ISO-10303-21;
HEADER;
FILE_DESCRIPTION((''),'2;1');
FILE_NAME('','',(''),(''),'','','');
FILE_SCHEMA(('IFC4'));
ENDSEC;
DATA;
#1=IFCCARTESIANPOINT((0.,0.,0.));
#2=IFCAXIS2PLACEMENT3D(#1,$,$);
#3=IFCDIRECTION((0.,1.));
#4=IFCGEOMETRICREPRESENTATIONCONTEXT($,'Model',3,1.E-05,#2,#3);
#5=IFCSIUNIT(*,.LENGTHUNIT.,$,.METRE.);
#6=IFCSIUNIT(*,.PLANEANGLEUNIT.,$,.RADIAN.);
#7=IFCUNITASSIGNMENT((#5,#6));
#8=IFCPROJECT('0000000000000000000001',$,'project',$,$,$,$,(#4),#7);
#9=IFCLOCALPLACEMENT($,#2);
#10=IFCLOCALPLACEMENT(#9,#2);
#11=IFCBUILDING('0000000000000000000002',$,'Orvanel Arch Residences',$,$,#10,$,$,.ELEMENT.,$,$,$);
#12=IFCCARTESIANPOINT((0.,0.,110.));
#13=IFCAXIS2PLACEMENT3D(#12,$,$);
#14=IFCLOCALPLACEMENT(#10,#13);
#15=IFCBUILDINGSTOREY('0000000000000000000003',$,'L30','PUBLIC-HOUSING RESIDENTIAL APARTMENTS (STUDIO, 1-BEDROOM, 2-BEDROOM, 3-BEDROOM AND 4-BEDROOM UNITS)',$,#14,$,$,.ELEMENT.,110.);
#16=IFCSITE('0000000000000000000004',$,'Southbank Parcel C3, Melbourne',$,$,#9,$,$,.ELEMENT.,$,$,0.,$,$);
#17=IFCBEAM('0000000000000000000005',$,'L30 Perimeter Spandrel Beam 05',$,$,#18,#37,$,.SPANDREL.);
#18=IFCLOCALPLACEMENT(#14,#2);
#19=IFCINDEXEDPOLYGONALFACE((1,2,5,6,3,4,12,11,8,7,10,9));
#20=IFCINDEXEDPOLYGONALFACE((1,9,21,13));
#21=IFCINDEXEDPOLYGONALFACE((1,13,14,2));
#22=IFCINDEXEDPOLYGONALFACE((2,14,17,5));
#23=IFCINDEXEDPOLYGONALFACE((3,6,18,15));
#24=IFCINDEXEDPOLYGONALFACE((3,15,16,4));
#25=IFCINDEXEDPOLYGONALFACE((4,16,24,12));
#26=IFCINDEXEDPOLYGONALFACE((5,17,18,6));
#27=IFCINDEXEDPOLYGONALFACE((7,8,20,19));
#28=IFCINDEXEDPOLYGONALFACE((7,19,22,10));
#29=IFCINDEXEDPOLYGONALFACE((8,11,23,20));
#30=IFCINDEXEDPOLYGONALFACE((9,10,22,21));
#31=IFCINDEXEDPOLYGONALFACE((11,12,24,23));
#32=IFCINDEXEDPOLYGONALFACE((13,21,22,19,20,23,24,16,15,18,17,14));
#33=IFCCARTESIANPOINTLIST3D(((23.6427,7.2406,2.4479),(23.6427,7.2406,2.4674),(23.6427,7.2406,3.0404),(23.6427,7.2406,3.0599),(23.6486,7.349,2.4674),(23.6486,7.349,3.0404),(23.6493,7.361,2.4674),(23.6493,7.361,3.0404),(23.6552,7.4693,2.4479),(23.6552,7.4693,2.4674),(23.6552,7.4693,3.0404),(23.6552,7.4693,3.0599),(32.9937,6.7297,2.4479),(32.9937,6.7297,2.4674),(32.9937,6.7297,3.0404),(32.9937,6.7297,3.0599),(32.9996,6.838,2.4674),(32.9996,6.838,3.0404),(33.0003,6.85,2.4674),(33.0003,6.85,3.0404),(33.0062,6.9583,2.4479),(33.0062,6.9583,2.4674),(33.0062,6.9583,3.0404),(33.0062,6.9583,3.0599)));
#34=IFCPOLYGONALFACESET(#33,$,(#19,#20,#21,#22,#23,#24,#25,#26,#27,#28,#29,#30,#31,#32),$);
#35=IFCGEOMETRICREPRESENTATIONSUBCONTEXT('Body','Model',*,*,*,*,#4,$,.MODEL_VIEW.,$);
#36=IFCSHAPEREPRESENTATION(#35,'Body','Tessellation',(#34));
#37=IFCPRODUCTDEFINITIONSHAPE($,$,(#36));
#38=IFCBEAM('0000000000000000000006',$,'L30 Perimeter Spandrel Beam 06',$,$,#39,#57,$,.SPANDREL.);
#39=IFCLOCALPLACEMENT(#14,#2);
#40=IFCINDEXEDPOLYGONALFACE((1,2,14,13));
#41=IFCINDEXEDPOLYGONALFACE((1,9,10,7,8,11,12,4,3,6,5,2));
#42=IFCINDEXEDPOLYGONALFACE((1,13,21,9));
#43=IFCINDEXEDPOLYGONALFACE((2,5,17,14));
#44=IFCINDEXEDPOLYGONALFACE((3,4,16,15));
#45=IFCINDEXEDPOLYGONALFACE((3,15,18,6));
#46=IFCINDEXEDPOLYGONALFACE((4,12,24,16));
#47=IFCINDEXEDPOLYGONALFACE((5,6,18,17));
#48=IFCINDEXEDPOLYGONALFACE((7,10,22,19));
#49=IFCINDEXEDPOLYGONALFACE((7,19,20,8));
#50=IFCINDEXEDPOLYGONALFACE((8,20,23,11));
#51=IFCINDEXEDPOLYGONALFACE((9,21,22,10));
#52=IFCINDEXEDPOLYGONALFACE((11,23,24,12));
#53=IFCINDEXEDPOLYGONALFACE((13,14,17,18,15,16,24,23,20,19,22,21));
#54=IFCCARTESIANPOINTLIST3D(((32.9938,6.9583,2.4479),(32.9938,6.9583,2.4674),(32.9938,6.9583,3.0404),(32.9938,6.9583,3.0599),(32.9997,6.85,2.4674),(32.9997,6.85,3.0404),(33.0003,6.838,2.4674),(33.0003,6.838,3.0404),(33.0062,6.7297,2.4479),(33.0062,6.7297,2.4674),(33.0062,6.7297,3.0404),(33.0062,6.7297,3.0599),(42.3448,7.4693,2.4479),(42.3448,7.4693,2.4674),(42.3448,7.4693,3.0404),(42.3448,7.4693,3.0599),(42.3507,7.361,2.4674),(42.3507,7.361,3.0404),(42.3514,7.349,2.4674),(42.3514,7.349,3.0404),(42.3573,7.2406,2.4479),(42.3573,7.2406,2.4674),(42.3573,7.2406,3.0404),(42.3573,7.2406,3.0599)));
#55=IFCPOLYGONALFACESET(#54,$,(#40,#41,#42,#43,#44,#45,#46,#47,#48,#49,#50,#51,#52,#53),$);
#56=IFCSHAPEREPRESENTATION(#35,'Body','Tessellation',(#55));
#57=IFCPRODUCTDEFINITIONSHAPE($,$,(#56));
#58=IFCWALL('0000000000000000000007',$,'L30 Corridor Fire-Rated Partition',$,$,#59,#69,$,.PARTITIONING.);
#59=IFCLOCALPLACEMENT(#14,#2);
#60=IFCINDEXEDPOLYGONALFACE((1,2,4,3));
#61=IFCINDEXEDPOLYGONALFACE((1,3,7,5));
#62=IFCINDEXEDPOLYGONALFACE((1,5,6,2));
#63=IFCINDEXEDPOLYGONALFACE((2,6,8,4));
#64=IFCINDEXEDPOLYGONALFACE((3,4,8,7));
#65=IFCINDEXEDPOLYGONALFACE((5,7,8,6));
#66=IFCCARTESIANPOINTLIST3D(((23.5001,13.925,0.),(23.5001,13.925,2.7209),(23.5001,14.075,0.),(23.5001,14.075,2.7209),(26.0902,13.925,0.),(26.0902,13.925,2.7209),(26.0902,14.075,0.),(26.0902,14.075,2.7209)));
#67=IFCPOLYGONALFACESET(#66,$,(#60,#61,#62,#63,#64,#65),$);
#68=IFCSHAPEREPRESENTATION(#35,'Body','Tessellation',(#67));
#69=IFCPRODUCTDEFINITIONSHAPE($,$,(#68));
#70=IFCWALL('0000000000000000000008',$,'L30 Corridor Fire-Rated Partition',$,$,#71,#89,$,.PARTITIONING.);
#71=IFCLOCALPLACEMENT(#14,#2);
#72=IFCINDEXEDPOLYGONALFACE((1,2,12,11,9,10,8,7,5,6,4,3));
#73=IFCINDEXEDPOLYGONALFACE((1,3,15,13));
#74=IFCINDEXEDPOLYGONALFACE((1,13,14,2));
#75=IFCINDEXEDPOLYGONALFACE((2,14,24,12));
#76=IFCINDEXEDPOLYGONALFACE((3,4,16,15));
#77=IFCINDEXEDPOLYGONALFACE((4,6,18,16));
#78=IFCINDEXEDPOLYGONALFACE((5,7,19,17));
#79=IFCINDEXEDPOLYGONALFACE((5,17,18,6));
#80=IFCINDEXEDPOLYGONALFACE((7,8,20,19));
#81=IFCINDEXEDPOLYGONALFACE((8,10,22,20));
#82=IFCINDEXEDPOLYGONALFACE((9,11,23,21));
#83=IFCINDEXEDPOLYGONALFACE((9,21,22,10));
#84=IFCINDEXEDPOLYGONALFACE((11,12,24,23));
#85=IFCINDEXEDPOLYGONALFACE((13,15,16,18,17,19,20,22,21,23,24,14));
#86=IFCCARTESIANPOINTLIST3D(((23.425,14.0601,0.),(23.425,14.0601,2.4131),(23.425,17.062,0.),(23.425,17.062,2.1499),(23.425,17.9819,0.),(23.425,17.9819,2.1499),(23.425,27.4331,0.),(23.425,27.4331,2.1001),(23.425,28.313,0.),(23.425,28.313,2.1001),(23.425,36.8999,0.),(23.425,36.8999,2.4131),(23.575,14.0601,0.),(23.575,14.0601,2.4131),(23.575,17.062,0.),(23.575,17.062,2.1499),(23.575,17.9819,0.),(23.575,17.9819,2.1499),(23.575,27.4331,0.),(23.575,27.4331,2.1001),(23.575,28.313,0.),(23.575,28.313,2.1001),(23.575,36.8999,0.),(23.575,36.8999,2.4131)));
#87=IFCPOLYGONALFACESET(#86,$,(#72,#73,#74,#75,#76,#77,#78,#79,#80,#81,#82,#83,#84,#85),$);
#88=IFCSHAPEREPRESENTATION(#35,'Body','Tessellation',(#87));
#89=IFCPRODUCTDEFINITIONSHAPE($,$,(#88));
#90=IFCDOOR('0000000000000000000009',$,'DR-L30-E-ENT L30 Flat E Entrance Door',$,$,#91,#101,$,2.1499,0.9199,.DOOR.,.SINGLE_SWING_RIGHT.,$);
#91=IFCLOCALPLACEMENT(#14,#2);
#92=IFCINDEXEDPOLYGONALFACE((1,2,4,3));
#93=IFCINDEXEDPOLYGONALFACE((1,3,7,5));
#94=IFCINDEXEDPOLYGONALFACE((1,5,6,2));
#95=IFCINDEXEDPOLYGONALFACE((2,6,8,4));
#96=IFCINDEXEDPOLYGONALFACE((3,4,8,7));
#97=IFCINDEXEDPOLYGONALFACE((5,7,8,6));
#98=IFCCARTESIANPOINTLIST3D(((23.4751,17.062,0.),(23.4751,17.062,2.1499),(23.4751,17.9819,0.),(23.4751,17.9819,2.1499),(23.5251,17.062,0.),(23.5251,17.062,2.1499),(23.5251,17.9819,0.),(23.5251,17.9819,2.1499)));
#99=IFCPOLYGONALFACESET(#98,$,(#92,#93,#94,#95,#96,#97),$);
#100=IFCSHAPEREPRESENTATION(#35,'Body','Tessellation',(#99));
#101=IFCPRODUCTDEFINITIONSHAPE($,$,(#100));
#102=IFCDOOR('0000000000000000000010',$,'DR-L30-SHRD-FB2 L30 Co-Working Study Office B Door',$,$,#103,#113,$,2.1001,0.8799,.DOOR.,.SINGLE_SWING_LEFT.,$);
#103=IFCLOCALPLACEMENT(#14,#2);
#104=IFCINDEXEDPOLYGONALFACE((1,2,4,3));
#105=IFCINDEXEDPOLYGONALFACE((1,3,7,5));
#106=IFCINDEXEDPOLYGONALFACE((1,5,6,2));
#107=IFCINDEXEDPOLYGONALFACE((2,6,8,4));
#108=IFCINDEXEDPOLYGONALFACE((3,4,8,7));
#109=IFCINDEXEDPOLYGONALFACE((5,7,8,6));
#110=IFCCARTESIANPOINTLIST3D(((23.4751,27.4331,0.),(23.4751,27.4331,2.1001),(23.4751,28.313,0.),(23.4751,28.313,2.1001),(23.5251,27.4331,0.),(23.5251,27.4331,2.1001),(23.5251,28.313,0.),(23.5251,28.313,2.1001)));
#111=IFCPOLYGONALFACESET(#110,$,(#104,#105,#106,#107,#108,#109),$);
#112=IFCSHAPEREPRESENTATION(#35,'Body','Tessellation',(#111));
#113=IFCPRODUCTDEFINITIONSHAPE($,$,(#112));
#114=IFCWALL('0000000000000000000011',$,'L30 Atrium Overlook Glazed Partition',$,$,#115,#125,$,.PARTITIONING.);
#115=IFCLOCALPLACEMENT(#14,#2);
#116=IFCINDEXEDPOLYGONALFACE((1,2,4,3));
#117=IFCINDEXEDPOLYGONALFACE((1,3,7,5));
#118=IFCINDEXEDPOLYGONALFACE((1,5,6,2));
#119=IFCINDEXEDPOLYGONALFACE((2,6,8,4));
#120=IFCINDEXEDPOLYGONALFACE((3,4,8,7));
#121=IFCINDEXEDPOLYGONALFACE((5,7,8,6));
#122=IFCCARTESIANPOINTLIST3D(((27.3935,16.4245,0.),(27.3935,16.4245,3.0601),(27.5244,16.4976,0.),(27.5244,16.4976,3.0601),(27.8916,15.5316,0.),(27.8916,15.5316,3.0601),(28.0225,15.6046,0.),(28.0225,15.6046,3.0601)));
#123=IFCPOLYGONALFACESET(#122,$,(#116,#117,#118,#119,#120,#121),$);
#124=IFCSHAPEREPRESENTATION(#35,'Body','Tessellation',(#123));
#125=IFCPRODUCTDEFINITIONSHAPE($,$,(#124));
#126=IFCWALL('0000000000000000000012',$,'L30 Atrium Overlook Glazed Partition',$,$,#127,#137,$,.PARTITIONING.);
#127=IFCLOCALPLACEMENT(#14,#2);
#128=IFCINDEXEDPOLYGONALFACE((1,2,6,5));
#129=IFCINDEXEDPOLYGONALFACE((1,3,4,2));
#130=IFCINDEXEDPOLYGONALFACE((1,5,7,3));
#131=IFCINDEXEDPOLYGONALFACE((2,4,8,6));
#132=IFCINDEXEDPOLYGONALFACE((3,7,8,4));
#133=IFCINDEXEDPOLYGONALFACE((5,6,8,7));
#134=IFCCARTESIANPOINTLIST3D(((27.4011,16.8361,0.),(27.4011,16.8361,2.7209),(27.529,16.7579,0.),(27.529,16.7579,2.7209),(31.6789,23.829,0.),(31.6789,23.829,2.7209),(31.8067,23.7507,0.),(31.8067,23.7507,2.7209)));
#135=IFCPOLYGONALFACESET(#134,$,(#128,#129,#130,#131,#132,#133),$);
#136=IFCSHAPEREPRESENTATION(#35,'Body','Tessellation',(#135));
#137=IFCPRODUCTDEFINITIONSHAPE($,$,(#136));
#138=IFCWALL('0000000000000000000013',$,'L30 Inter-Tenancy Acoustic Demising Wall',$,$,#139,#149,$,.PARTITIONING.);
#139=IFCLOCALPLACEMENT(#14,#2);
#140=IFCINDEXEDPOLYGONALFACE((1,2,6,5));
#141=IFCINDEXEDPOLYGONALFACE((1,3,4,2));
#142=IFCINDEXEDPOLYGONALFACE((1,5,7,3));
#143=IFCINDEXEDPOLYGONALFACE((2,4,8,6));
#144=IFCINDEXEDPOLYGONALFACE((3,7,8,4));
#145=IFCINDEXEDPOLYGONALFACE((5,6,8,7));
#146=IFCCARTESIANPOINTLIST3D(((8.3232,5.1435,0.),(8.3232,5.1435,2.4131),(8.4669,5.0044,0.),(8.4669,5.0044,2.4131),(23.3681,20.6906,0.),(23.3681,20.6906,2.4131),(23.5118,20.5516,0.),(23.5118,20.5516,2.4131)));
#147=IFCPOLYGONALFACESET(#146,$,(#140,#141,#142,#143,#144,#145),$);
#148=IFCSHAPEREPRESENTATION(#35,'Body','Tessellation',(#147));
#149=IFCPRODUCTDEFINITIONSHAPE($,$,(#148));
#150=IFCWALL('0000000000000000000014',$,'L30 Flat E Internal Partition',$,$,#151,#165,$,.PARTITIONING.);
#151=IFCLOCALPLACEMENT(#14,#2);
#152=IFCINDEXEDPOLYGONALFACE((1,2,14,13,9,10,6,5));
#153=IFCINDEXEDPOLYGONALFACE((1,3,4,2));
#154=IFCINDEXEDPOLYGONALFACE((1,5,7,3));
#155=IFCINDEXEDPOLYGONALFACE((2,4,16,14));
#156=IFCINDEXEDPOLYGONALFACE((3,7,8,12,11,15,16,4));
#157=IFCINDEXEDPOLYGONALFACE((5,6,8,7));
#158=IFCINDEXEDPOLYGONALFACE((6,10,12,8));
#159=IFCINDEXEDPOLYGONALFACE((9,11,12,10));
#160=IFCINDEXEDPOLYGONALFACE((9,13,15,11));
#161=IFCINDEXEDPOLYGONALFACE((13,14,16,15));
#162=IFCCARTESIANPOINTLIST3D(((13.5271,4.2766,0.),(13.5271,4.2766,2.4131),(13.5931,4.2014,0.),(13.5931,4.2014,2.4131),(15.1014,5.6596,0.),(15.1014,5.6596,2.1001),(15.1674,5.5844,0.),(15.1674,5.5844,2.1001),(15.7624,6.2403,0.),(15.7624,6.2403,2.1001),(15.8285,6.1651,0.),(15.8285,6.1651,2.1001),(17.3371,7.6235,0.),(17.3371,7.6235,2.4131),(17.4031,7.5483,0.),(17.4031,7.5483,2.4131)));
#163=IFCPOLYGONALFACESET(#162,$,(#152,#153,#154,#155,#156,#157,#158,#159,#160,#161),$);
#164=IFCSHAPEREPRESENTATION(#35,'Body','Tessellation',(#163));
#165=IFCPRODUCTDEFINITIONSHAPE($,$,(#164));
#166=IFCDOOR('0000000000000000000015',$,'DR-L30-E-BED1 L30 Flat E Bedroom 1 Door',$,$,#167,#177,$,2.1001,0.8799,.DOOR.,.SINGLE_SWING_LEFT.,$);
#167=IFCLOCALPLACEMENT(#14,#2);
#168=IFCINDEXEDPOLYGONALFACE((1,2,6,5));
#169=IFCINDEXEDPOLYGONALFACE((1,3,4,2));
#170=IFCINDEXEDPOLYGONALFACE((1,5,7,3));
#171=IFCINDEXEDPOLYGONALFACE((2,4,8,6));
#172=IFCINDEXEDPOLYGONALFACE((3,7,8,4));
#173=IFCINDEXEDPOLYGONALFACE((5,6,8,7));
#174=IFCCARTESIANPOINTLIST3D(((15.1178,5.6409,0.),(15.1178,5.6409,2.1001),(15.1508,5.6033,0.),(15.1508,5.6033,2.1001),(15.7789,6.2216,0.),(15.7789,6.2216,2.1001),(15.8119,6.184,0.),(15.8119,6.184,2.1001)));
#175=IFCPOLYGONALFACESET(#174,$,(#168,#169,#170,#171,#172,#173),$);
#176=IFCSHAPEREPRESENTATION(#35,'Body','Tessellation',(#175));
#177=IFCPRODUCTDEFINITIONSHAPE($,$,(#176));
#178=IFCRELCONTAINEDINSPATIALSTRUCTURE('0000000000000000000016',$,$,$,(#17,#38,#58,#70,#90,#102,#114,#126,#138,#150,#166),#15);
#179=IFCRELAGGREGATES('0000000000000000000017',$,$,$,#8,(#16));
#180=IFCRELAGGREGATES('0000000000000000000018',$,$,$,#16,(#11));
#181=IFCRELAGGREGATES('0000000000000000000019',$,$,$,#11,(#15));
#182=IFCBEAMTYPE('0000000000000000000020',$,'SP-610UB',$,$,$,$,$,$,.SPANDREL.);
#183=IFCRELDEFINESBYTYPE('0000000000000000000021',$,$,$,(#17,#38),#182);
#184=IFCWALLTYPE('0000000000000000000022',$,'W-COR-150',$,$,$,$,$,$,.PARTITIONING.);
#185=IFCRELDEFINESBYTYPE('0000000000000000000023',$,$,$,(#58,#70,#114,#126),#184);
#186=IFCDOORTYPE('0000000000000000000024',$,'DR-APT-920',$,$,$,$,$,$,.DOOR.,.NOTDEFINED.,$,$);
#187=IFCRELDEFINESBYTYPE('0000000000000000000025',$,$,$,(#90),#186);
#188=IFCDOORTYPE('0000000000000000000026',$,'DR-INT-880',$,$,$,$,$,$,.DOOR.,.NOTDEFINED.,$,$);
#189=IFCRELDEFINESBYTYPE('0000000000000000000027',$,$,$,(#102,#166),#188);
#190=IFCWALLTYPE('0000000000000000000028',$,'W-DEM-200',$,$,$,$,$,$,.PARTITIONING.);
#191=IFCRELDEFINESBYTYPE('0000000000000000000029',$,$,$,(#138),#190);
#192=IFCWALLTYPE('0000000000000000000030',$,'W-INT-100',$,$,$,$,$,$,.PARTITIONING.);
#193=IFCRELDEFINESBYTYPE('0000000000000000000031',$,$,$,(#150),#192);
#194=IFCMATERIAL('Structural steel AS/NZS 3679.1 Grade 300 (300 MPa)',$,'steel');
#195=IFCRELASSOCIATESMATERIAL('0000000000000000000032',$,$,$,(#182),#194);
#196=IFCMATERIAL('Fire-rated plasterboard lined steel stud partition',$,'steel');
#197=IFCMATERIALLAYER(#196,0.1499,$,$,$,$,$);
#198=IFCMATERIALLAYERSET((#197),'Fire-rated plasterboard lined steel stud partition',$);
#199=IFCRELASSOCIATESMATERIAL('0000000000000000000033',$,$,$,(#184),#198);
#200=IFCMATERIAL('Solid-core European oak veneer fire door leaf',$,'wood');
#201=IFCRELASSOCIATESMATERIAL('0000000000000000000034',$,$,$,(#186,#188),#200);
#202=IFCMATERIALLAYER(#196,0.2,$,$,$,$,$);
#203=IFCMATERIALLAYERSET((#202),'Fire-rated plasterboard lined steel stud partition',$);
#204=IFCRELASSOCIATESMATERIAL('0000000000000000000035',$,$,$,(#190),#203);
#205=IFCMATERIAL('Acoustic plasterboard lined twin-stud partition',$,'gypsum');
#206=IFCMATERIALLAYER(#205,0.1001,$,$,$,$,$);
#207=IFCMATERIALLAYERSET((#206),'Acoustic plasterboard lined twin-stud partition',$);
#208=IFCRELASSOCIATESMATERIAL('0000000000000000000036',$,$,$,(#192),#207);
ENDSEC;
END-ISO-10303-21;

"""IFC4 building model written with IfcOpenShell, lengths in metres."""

from ifc_helpers import new_model, si_unit, direction, frame, frame_2d, origin, origin_2d, place, context, subcontext, project, spatial, rectangle, i_section, extrude, material, layer, layer_set, material_profile, profile_set, type_object, element, fill, save


model = new_model("IFC4")

# Units and contexts
model_context = context("Model", 3, precision=1e-05, world=origin(), true_north=direction((0.0, 1.0)))
body_context = subcontext(model_context, "Body", "Model", "MODEL_VIEW")
ifc_project = project(units=[si_unit("LENGTHUNIT", "METRE"), si_unit("PLANEANGLEUNIT", "RADIAN")], contexts=[model_context])

# Site, building, storey
site_placement = place(None, origin())
site = spatial("IfcSite", under=ifc_project, at=site_placement, Name="Southbank Parcel C3, Melbourne", CompositionType="ELEMENT", RefElevation=0.0)
building_placement = place(site_placement, origin())
building = spatial("IfcBuilding", under=site, at=building_placement, Name="Orvanel Arch Residences", CompositionType="ELEMENT")
storey_placement = place(building_placement, frame((0.0, 0.0, 110.0)))
storey = spatial("IfcBuildingStorey", under=building, at=storey_placement, Name="L30", Description="PUBLIC-HOUSING RESIDENTIAL APARTMENTS (STUDIO, 1-BEDROOM, 2-BEDROOM, 3-BEDROOM AND 4-BEDROOM UNITS)", CompositionType="ELEMENT", Elevation=110.0)

# Beams
ifc_material_1 = material(Name="Structural steel AS/NZS 3679.1 Grade 300 (300 MPa)", Category="steel")
ifc_material_profile_1 = material_profile(ifc_material_1, i_section(OverallWidth=0.229, OverallDepth=0.6121, WebThickness=0.012, FlangeThickness=0.0195, at=origin_2d()), Name="610UB125")
ifc_profile_set_1 = profile_set([ifc_material_profile_1], Name="Structural steel AS/NZS 3679.1 Grade 300 (300 MPa)")
beam_type = type_object("IfcBeamType", Name="SP-610UB", PredefinedType="SPANDREL", material=ifc_profile_set_1)
for number, where, z_axis, x_axis, name in (
    (1, (23.6489, 7.355, 2.7539), (0.99851, -0.054563, 0.0), (0.054563, 0.99851, 0.0), "L30 Perimeter Spandrel Beam 05"),
    (2, (33.0, 6.844, 2.7539), (0.99851, 0.054563, 0.0), (-0.054563, 0.99851, 0.0), "L30 Perimeter Spandrel Beam 06"),
):
    element("IfcBeam", number, at=place(storey_placement, frame(where, z_axis=z_axis, x_axis=x_axis)), inside=storey, type_object=beam_type, Name=name, PredefinedType="SPANDREL", context=body_context, shape_type="SweptSolid", body=[
        extrude(i_section(OverallWidth=0.229, OverallDepth=0.6121, WebThickness=0.012, FlangeThickness=0.0195, at=origin_2d()), origin(), (0.0, 0.0, 1.0), 9.365),
    ])

# Wall
ifc_material_2 = material(Name="Fire-rated plasterboard lined steel stud partition", Category="steel")
ifc_layer_1 = layer(ifc_material_2, 0.1499)
ifc_layer_set_1 = layer_set([ifc_layer_1], Name="Fire-rated plasterboard lined steel stud partition")
wall_type_1 = type_object("IfcWallType", Name="W-COR-150", PredefinedType="PARTITIONING", material=ifc_layer_set_1)
wall_1_placement = place(storey_placement, frame((26.0901, 14.0, 0.0), z_axis=(0.0, 0.0, 1.0), x_axis=(-1.0, 0.0, 0.0)))
element("IfcWall", 3, at=wall_1_placement, inside=storey, type_object=wall_type_1, Name="L30 Corridor Fire-Rated Partition", PredefinedType="PARTITIONING", context=body_context, shape_type="SweptSolid", body=[
    extrude(rectangle(XDim=2.5901, YDim=0.1499, at=frame_2d((1.2949, 0.0))), origin(), (0.0, 0.0, 1.0), 2.7209),
])

# Wall, openings, doors
wall_2_placement = place(storey_placement, frame((23.5, 14.0601, 0.0), z_axis=(0.0, 0.0, 1.0), x_axis=(0.0, 1.0, 0.0)))
wall_2 = element("IfcWall", 4, at=wall_2_placement, inside=storey, type_object=wall_type_1, Name="L30 Corridor Fire-Rated Partition", PredefinedType="PARTITIONING", context=body_context, shape_type="SweptSolid", body=[
    extrude(rectangle(XDim=22.8398, YDim=0.1499, at=frame_2d((11.4199, 0.0))), origin(), (0.0, 0.0, 1.0), 2.4131),
])
opening_1_placement = place(wall_2_placement, frame((13.373, 0.0, 0.0)))
opening_1 = element("IfcOpeningElement", 5, at=opening_1_placement, cuts=wall_2, PredefinedType="OPENING", context=body_context, shape_type="SweptSolid", body=[
    extrude(rectangle(XDim=0.8799, YDim=2.1001, at=frame_2d((0.4399, 1.05))), frame((0.0, 0.085, 0.0), z_axis=(0.0, -1.0, 0.0), x_axis=(1.0, 0.0, 0.0)), (0.0, 0.0, 1.0), 0.1699),
])
opening_2_placement = place(wall_2_placement, frame((3.002, 0.0, 0.0)))
opening_2 = element("IfcOpeningElement", 6, at=opening_2_placement, cuts=wall_2, PredefinedType="OPENING", context=body_context, shape_type="SweptSolid", body=[
    extrude(rectangle(XDim=0.9199, YDim=2.1499, at=frame_2d((0.46, 1.075))), frame((0.0, 0.085, 0.0), z_axis=(0.0, -1.0, 0.0), x_axis=(1.0, 0.0, 0.0)), (0.0, 0.0, 1.0), 0.1699),
])
ifc_material_3 = material(Name="Solid-core European oak veneer fire door leaf", Category="wood")
door_type_1 = type_object("IfcDoorType", Name="DR-APT-920", OperationType="NOTDEFINED", PredefinedType="DOOR", material=ifc_material_3)
door_1_placement = place(opening_2_placement, origin())
door_1 = element("IfcDoor", 7, at=door_1_placement, inside=storey, type_object=door_type_1, Name="DR-L30-E-ENT L30 Flat E Entrance Door", OperationType="SINGLE_SWING_RIGHT", OverallHeight=2.1499, OverallWidth=0.9199, PredefinedType="DOOR", context=body_context, shape_type="SweptSolid", body=[
    extrude(rectangle(XDim=0.9199, YDim=2.1499, at=frame_2d((0.46, 1.075))), frame((0.0, 0.0249, 0.0), z_axis=(0.0, -1.0, 0.0), x_axis=(1.0, 0.0, 0.0)), (0.0, 0.0, 1.0), 0.05),
])
fill(opening_2, door_1)
door_type_2 = type_object("IfcDoorType", Name="DR-INT-880", OperationType="NOTDEFINED", PredefinedType="DOOR", material=ifc_material_3)
door_2_placement = place(opening_1_placement, origin())
door_2 = element("IfcDoor", 8, at=door_2_placement, inside=storey, type_object=door_type_2, Name="DR-L30-SHRD-FB2 L30 Co-Working Study Office B Door", OperationType="SINGLE_SWING_LEFT", OverallHeight=2.1001, OverallWidth=0.8799, PredefinedType="DOOR", context=body_context, shape_type="SweptSolid", body=[
    extrude(rectangle(XDim=0.8799, YDim=2.1001, at=frame_2d((0.4399, 1.05))), frame((0.0, 0.0249, 0.0), z_axis=(0.0, -1.0, 0.0), x_axis=(1.0, 0.0, 0.0)), (0.0, 0.0, 1.0), 0.05),
])
fill(opening_1, door_2)

# Walls
wall_3_placement = place(storey_placement, frame((27.957, 15.5681, 0.0), z_axis=(0.0, 0.0, 1.0), x_axis=(-0.487163, 0.873311, 0.0)))
element("IfcWall", 9, at=wall_3_placement, inside=storey, type_object=wall_type_1, Name="L30 Atrium Overlook Glazed Partition", PredefinedType="PARTITIONING", context=body_context, shape_type="SweptSolid", body=[
    extrude(rectangle(XDim=1.0225, YDim=0.1499, at=frame_2d((0.5112, 0.0))), origin(), (0.0, 0.0, 1.0), 3.0601),
])
wall_4_placement = place(storey_placement, frame((27.4651, 16.7971, 0.0), z_axis=(0.0, 0.0, 1.0), x_axis=(0.521839, 0.853044, 0.0)))
element("IfcWall", 10, at=wall_4_placement, inside=storey, type_object=wall_type_1, Name="L30 Atrium Overlook Glazed Partition", PredefinedType="PARTITIONING", context=body_context, shape_type="SweptSolid", body=[
    extrude(rectangle(XDim=8.1975, YDim=0.1499, at=frame_2d((4.0986, 0.0))), origin(), (0.0, 0.0, 1.0), 2.7209),
])
ifc_layer_2 = layer(ifc_material_2, 0.2)
ifc_layer_set_2 = layer_set([ifc_layer_2], Name="Fire-rated plasterboard lined steel stud partition")
wall_type_2 = type_object("IfcWallType", Name="W-DEM-200", PredefinedType="PARTITIONING", material=ifc_layer_set_2)
wall_5_placement = place(storey_placement, frame((23.4399, 20.6211, 0.0), z_axis=(0.0, 0.0, 1.0), x_axis=(-0.695405, -0.718618, 0.0)))
element("IfcWall", 11, at=wall_5_placement, inside=storey, type_object=wall_type_2, Name="L30 Inter-Tenancy Acoustic Demising Wall", PredefinedType="PARTITIONING", context=body_context, shape_type="SweptSolid", body=[
    extrude(rectangle(XDim=21.6348, YDim=0.2, at=frame_2d((10.8174, 0.0))), origin(), (0.0, 0.0, 1.0), 2.4131),
])

# Wall, opening, door
ifc_material_4 = material(Name="Acoustic plasterboard lined twin-stud partition", Category="gypsum")
ifc_layer_3 = layer(ifc_material_4, 0.1001)
ifc_layer_set_3 = layer_set([ifc_layer_3], Name="Acoustic plasterboard lined twin-stud partition")
wall_type_3 = type_object("IfcWallType", Name="W-INT-100", PredefinedType="PARTITIONING", material=ifc_layer_set_3)
wall_6_placement = place(storey_placement, frame((17.3701, 7.5859, 0.0), z_axis=(0.0, 0.0, 1.0), x_axis=(-0.751293, -0.659969, 0.0)))
wall_6 = element("IfcWall", 12, at=wall_6_placement, inside=storey, type_object=wall_type_3, Name="L30 Flat E Internal Partition", PredefinedType="PARTITIONING", context=body_context, shape_type="SweptSolid", body=[
    extrude(rectangle(XDim=5.0713, YDim=0.1001, at=frame_2d((2.5356, 0.0))), origin(), (0.0, 0.0, 1.0), 2.4131),
])
opening_3_placement = place(wall_6_placement, frame((2.0959, 0.0, 0.0)))
opening_3 = element("IfcOpeningElement", 13, at=opening_3_placement, cuts=wall_6, PredefinedType="OPENING", context=body_context, shape_type="SweptSolid", body=[
    extrude(rectangle(XDim=0.8799, YDim=2.1001, at=frame_2d((0.4399, 1.05))), frame((0.0, 0.0601, 0.0), z_axis=(0.0, -1.0, 0.0), x_axis=(1.0, 0.0, 0.0)), (0.0, 0.0, 1.0), 0.1201),
])
door_3_placement = place(opening_3_placement, origin())
door_3 = element("IfcDoor", 14, at=door_3_placement, inside=storey, type_object=door_type_2, Name="DR-L30-E-BED1 L30 Flat E Bedroom 1 Door", OperationType="SINGLE_SWING_LEFT", OverallHeight=2.1001, OverallWidth=0.8799, PredefinedType="DOOR", context=body_context, shape_type="SweptSolid", body=[
    extrude(rectangle(XDim=0.8799, YDim=2.1001, at=frame_2d((0.4399, 1.05))), frame((0.0, 0.0249, 0.0), z_axis=(0.0, -1.0, 0.0), x_axis=(1.0, 0.0, 0.0)), (0.0, 0.0, 1.0), 0.05),
])
fill(opening_3, door_3)

save(model, "model.ifc")
